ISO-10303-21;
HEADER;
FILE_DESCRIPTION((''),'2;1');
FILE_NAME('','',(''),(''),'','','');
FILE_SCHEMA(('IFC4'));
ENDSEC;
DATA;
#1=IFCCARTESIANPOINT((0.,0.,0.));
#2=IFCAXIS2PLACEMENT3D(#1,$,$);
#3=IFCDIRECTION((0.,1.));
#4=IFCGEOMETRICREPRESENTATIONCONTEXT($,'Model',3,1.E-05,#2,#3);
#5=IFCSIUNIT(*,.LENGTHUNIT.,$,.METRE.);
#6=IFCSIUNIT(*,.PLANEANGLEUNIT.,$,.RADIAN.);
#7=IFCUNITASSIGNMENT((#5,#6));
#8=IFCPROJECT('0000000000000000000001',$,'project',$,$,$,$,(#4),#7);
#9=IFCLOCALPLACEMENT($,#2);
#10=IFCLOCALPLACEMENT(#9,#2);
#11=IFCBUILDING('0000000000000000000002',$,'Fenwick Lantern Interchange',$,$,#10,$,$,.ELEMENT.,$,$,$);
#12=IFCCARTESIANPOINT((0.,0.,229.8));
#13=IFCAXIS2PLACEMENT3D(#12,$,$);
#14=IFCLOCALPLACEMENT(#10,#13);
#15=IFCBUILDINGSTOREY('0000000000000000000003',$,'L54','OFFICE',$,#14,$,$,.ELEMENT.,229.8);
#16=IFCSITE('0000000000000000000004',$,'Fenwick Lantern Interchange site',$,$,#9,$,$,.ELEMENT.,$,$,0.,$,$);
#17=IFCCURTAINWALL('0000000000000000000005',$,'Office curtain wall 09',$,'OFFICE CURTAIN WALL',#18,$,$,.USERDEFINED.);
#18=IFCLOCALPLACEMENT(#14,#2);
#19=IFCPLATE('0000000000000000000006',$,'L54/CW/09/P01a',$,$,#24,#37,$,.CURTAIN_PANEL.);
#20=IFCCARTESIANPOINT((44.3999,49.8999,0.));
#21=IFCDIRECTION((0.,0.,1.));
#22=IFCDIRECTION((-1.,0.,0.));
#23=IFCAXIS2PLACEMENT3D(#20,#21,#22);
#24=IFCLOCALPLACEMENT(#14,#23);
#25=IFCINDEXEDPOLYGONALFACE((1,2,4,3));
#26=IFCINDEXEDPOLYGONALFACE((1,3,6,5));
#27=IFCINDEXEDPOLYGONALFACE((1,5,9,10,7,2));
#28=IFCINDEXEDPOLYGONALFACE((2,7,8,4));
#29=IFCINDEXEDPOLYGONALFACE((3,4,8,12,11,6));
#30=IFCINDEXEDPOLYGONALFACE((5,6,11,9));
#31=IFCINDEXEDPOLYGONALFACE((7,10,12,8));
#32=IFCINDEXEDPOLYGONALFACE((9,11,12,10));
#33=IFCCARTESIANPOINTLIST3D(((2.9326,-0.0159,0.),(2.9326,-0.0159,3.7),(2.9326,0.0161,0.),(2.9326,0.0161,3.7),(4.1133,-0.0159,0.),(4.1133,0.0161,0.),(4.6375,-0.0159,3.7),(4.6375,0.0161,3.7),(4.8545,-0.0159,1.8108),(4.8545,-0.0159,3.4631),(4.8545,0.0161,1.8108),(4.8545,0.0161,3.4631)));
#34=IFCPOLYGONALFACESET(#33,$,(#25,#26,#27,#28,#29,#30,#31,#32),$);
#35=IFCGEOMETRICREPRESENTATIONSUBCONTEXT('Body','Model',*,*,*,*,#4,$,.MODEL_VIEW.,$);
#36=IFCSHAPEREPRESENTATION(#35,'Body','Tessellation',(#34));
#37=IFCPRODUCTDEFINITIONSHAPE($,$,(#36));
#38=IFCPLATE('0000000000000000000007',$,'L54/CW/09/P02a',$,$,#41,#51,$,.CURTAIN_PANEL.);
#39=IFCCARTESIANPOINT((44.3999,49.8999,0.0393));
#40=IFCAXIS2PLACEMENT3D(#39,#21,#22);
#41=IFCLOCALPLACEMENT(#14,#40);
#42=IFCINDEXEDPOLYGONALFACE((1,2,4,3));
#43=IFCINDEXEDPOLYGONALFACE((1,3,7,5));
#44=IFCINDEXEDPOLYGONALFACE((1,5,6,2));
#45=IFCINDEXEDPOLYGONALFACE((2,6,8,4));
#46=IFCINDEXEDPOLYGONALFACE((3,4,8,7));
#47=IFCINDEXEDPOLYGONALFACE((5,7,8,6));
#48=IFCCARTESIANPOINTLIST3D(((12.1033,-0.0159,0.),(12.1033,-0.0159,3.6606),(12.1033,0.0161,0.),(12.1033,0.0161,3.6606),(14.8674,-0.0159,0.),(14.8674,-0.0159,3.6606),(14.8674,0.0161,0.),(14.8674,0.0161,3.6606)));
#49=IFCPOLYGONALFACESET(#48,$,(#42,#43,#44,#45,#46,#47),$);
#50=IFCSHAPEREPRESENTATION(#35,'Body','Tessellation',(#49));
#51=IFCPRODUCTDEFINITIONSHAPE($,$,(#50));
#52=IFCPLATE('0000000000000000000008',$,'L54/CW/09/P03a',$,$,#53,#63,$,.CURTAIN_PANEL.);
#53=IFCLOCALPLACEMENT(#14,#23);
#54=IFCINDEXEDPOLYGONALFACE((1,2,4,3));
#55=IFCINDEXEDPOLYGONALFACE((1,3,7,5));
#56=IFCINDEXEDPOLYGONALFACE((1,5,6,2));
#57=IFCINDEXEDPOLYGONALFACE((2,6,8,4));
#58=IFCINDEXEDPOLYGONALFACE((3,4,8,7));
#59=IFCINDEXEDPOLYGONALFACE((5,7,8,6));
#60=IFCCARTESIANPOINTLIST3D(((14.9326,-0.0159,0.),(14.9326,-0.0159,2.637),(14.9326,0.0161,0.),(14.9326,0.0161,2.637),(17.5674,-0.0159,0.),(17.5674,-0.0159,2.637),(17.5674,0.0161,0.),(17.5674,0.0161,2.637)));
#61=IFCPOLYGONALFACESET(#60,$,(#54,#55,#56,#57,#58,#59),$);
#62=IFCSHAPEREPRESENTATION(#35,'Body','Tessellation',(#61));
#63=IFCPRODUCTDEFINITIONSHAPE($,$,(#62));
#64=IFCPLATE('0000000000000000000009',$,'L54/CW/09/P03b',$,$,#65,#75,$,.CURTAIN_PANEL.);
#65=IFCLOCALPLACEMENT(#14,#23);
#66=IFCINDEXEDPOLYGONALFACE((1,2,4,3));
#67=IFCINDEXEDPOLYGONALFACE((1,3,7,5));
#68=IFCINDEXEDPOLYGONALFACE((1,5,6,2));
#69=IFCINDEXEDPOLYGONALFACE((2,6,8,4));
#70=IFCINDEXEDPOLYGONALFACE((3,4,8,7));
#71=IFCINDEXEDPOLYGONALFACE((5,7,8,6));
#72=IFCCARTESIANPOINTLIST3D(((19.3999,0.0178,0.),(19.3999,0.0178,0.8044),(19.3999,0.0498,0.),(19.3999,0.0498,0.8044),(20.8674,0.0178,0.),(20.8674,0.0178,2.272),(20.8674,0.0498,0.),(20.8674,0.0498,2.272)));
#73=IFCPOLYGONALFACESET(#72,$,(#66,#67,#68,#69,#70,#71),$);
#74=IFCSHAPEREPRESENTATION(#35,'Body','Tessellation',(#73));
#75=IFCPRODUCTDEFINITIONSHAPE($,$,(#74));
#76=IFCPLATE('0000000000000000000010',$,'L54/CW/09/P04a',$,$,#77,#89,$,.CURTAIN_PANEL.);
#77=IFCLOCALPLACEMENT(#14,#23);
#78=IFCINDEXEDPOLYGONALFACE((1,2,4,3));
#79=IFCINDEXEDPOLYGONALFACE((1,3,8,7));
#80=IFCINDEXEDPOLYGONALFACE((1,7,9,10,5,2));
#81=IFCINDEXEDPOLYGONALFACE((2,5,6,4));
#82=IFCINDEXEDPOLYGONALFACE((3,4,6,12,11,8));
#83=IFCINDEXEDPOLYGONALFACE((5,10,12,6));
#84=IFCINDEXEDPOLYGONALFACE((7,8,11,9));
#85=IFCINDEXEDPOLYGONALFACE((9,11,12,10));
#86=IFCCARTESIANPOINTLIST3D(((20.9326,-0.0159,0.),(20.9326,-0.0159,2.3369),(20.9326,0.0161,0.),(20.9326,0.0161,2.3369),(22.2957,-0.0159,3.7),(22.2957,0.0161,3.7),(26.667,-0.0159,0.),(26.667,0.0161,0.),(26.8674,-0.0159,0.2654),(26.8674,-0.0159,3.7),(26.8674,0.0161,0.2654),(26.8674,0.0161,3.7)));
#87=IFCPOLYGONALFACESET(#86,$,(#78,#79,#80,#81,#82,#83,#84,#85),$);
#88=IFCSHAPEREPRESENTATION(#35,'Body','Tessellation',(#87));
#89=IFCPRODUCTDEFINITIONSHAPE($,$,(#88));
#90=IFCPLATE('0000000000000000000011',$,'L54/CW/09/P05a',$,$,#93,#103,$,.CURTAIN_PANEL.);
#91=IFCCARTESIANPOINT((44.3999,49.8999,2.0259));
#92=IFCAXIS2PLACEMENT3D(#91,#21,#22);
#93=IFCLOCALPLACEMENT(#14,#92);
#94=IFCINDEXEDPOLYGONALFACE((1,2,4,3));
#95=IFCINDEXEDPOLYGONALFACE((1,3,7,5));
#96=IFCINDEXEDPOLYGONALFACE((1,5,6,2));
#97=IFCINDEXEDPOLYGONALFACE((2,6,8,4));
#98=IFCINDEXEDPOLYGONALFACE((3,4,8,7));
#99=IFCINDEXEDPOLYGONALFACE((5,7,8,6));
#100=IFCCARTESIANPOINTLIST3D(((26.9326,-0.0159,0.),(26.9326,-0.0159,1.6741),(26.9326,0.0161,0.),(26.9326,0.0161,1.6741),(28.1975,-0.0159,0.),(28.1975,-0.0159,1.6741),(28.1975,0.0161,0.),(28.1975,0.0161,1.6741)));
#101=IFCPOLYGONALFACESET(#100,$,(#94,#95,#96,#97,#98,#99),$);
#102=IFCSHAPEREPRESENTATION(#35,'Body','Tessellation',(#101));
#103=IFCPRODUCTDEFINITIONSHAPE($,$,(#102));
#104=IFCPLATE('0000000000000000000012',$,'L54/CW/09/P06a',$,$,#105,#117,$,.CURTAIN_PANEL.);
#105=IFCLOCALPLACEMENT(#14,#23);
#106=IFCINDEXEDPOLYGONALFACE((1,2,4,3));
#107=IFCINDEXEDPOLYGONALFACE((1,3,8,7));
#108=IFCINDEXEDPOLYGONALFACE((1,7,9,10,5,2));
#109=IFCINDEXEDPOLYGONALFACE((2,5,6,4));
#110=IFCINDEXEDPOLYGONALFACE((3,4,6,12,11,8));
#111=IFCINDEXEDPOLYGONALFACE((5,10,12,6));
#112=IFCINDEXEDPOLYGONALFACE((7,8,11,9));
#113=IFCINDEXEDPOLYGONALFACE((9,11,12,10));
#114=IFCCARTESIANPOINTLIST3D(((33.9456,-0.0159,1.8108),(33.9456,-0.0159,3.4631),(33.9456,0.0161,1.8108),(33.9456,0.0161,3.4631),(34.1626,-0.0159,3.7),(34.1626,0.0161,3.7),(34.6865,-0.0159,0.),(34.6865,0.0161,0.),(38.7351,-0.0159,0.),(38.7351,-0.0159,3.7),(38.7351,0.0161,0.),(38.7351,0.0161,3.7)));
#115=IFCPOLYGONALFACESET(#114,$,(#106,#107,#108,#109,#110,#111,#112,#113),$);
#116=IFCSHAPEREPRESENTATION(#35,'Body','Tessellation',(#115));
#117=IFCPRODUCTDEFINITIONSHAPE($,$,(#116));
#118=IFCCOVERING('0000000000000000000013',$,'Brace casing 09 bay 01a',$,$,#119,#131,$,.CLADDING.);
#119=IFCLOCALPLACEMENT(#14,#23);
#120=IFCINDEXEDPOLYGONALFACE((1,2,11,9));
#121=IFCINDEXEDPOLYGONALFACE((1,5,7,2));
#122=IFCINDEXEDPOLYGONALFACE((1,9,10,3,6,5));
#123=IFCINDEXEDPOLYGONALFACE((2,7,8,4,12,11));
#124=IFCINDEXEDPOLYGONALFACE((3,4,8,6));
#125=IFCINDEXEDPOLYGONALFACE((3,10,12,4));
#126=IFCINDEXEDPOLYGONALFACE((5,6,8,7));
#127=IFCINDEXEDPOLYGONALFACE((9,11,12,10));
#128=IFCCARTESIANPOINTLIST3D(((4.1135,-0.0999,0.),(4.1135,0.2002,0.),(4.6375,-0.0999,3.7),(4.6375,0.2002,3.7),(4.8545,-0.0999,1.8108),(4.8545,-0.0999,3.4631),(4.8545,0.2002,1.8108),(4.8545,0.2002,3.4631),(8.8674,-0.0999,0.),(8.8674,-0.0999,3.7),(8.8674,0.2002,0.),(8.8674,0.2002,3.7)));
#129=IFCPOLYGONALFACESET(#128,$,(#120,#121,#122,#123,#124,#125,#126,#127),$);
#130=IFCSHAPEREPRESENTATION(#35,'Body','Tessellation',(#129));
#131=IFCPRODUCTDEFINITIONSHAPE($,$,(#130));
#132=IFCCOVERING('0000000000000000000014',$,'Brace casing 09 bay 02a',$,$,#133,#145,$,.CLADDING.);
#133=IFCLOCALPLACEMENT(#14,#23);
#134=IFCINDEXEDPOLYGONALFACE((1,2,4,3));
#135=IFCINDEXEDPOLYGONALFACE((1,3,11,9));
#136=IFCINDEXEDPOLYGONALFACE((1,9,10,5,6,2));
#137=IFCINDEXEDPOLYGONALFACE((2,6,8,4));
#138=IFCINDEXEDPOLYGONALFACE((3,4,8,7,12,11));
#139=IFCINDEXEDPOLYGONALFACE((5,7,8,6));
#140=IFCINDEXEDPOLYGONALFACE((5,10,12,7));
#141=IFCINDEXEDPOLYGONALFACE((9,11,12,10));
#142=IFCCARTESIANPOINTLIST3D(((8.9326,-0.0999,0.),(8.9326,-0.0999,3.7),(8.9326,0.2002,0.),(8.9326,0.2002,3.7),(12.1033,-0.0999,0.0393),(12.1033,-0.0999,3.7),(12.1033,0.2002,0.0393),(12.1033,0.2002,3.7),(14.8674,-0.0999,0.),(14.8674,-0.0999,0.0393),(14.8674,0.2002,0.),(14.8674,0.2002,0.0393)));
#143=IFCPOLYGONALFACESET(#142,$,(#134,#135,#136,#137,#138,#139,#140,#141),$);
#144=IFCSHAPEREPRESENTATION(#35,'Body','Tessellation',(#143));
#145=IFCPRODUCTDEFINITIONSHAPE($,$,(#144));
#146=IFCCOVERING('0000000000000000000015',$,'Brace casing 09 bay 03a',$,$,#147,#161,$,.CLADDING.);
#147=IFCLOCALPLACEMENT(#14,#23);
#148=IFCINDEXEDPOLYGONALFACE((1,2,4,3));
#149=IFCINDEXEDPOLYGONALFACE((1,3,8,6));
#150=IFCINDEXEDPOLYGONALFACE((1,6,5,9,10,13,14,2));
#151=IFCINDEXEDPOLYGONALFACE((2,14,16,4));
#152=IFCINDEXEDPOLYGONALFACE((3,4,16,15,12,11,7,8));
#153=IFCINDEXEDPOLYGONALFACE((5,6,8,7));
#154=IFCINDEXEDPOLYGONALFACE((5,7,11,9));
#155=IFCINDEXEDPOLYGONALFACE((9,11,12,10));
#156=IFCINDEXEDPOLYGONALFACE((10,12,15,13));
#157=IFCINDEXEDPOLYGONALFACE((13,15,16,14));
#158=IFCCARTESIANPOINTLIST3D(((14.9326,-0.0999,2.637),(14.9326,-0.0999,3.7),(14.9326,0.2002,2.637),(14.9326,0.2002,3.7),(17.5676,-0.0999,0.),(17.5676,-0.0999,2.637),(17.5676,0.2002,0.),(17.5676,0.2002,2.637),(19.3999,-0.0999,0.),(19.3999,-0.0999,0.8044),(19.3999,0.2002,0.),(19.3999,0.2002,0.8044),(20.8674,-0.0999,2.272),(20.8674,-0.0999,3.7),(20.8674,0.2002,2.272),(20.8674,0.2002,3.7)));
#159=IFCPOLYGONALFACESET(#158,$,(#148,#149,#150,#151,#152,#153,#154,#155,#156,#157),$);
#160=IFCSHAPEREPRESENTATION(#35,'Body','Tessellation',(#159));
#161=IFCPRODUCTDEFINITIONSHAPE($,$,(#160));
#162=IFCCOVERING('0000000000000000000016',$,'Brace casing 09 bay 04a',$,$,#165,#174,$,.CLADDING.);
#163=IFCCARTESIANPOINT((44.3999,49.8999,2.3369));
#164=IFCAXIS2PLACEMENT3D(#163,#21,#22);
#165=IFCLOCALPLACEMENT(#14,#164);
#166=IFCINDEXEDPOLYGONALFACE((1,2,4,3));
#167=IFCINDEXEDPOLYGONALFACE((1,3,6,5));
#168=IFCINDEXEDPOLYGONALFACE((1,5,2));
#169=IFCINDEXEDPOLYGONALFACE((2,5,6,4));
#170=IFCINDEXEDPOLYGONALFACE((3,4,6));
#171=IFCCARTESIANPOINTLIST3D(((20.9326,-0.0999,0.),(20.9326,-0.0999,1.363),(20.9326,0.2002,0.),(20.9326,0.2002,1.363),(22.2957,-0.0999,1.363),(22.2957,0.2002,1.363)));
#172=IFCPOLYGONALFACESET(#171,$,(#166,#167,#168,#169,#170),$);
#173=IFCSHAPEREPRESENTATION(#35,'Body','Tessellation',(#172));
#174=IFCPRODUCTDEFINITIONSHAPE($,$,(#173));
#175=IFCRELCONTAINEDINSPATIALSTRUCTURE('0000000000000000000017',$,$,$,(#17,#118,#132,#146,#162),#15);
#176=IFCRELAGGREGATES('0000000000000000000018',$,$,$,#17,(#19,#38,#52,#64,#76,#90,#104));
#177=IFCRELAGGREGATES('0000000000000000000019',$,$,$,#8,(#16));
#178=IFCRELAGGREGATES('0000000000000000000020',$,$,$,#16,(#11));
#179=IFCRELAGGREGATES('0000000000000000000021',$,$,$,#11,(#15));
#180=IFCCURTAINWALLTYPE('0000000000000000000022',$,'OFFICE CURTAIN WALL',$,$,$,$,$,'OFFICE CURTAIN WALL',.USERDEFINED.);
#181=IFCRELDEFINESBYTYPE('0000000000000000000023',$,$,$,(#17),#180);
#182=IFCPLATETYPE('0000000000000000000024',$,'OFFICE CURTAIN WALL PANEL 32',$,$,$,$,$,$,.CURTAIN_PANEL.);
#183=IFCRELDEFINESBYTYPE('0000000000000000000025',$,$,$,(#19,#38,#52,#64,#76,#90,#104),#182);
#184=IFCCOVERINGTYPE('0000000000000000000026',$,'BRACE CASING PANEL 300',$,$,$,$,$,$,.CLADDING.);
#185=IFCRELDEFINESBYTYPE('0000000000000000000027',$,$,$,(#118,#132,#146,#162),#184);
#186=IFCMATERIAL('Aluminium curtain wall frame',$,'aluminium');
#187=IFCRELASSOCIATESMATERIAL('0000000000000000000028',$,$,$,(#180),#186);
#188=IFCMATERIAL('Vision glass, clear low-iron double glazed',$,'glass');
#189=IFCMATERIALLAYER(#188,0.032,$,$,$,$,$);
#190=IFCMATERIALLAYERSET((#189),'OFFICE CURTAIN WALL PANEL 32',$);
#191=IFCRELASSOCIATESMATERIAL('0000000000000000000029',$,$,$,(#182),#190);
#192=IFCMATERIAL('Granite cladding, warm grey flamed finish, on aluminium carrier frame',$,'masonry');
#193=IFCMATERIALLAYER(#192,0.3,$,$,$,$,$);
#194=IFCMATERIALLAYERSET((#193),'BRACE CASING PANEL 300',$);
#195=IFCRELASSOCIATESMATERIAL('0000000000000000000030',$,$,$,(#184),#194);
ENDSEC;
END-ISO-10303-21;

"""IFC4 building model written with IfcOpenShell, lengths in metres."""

from ifc_helpers import new_model, si_unit, direction, frame, origin, place, context, subcontext, project, spatial, polyline, outline, extrude, material, layer, layer_set, type_object, element, aggregate, save


model = new_model("IFC4")

# Units and contexts
model_context = context("Model", 3, precision=1e-05, world=origin(), true_north=direction((0.0, 1.0)))
body_context = subcontext(model_context, "Body", "Model", "MODEL_VIEW")
ifc_project = project(units=[si_unit("LENGTHUNIT", "METRE"), si_unit("PLANEANGLEUNIT", "RADIAN")], contexts=[model_context])

# Site, building, storey
site_placement = place(None, origin())
site = spatial("IfcSite", under=ifc_project, at=site_placement, Name="Fenwick Lantern Interchange site", CompositionType="ELEMENT", RefElevation=0.0)
building_placement = place(site_placement, origin())
building = spatial("IfcBuilding", under=site, at=building_placement, Name="Fenwick Lantern Interchange", CompositionType="ELEMENT")
storey_placement = place(building_placement, frame((0.0, 0.0, 229.8)))
storey = spatial("IfcBuildingStorey", under=building, at=storey_placement, Name="L54", Description="OFFICE", CompositionType="ELEMENT", Elevation=229.8)

# Shared definitions
ifc_material_1 = material(Name="Aluminium curtain wall frame", Category="aluminium")
curtain_wall_type = type_object("IfcCurtainWallType", Name="OFFICE CURTAIN WALL", ElementType="OFFICE CURTAIN WALL", PredefinedType="USERDEFINED", material=ifc_material_1)

# Curtain wall
curtain_wall_1_placement = place(storey_placement, origin())
curtain_wall_1 = element("IfcCurtainWall", 1, at=curtain_wall_1_placement, inside=storey, type_object=curtain_wall_type, Name="Office curtain wall 09", ObjectType="OFFICE CURTAIN WALL", PredefinedType="USERDEFINED")

# Plates
ifc_material_2 = material(Name="Vision glass, clear low-iron double glazed", Category="glass")
ifc_layer_1 = layer(ifc_material_2, 0.032)
ifc_layer_set_1 = layer_set([ifc_layer_1], Name="OFFICE CURTAIN WALL PANEL 32")
plate_type = type_object("IfcPlateType", Name="OFFICE CURTAIN WALL PANEL 32", PredefinedType="CURTAIN_PANEL", material=ifc_layer_set_1)
plate_1_placement = place(storey_placement, frame((44.3999, 49.8999, 0.0), z_axis=(0.0, 0.0, 1.0), x_axis=(-1.0, 0.0, 0.0)))
plate_1 = element("IfcPlate", 2, at=plate_1_placement, type_object=plate_type, Name="L54/CW/09/P01a", PredefinedType="CURTAIN_PANEL", context=body_context, shape_type="SweptSolid", body=[
    extrude(outline(polyline([(2.9326, 0.0), (4.1133, 0.0), (4.8545, 1.8108), (4.8545, 3.4631), (4.6375, 3.7), (2.9326, 3.7), (2.9326, 0.0)])), frame((0.0, 0.0161, 0.0), z_axis=(0.0, -1.0, 0.0), x_axis=(1.0, 0.0, 0.0)), (0.0, 0.0, 1.0), 0.032),
])
plate_2_placement = place(storey_placement, frame((44.3999, 49.8999, 0.0393), z_axis=(0.0, 0.0, 1.0), x_axis=(-1.0, 0.0, 0.0)))
plate_2 = element("IfcPlate", 3, at=plate_2_placement, type_object=plate_type, Name="L54/CW/09/P02a", PredefinedType="CURTAIN_PANEL", context=body_context, shape_type="SweptSolid", body=[
    extrude(outline(polyline([(12.1033, 0.0), (14.8674, 0.0), (14.8674, 3.6606), (12.1033, 3.6606), (12.1033, 0.0)])), frame((0.0, 0.0161, 0.0), z_axis=(0.0, -1.0, 0.0), x_axis=(1.0, 0.0, 0.0)), (0.0, 0.0, 1.0), 0.032),
])
plate_3_placement = place(storey_placement, frame((44.3999, 49.8999, 0.0), z_axis=(0.0, 0.0, 1.0), x_axis=(-1.0, 0.0, 0.0)))
plate_3 = element("IfcPlate", 4, at=plate_3_placement, type_object=plate_type, Name="L54/CW/09/P03a", PredefinedType="CURTAIN_PANEL", context=body_context, shape_type="SweptSolid", body=[
    extrude(outline(polyline([(14.9326, 0.0), (17.5674, 0.0), (17.5674, 2.637), (14.9326, 2.637), (14.9326, 0.0)])), frame((0.0, 0.0161, 0.0), z_axis=(0.0, -1.0, 0.0), x_axis=(1.0, 0.0, 0.0)), (0.0, 0.0, 1.0), 0.032),
])
plate_4_placement = place(storey_placement, frame((44.3999, 49.8999, 0.0), z_axis=(0.0, 0.0, 1.0), x_axis=(-1.0, 0.0, 0.0)))
plate_4 = element("IfcPlate", 5, at=plate_4_placement, type_object=plate_type, Name="L54/CW/09/P03b", PredefinedType="CURTAIN_PANEL", context=body_context, shape_type="SweptSolid", body=[
    extrude(outline(polyline([(19.3999, 0.0), (20.8674, 0.0), (20.8674, 2.272), (19.3999, 0.8044), (19.3999, 0.0)])), frame((0.0, 0.0498, 0.0), z_axis=(0.0, -1.0, 0.0), x_axis=(1.0, 0.0, 0.0)), (0.0, 0.0, 1.0), 0.032),
])
plate_5_placement = place(storey_placement, frame((44.3999, 49.8999, 0.0), z_axis=(0.0, 0.0, 1.0), x_axis=(-1.0, 0.0, 0.0)))
plate_5 = element("IfcPlate", 6, at=plate_5_placement, type_object=plate_type, Name="L54/CW/09/P04a", PredefinedType="CURTAIN_PANEL", context=body_context, shape_type="SweptSolid", body=[
    extrude(outline(polyline([(20.9326, 0.0), (26.667, 0.0), (26.8674, 0.2654), (26.8674, 3.7), (22.2957, 3.7), (20.9326, 2.3369), (20.9326, 0.0)])), frame((0.0, 0.0161, 0.0), z_axis=(0.0, -1.0, 0.0), x_axis=(1.0, 0.0, 0.0)), (0.0, 0.0, 1.0), 0.032),
])
plate_6_placement = place(storey_placement, frame((44.3999, 49.8999, 2.0259), z_axis=(0.0, 0.0, 1.0), x_axis=(-1.0, 0.0, 0.0)))
plate_6 = element("IfcPlate", 7, at=plate_6_placement, type_object=plate_type, Name="L54/CW/09/P05a", PredefinedType="CURTAIN_PANEL", context=body_context, shape_type="SweptSolid", body=[
    extrude(outline(polyline([(26.9326, 0.0), (28.1975, 0.0), (28.1975, 1.6741), (26.9326, 1.6741), (26.9326, 0.0)])), frame((0.0, 0.0161, 0.0), z_axis=(0.0, -1.0, 0.0), x_axis=(1.0, 0.0, 0.0)), (0.0, 0.0, 1.0), 0.032),
])
plate_7_placement = place(storey_placement, frame((44.3999, 49.8999, 0.0), z_axis=(0.0, 0.0, 1.0), x_axis=(-1.0, 0.0, 0.0)))
plate_7 = element("IfcPlate", 8, at=plate_7_placement, type_object=plate_type, Name="L54/CW/09/P06a", PredefinedType="CURTAIN_PANEL", context=body_context, shape_type="SweptSolid", body=[
    extrude(outline(polyline([(34.6865, 0.0), (38.7351, 0.0), (38.7351, 3.7), (34.1626, 3.7), (33.9456, 3.4631), (33.9456, 1.8108), (34.6865, 0.0)])), frame((0.0, 0.0161, 0.0), z_axis=(0.0, -1.0, 0.0), x_axis=(1.0, 0.0, 0.0)), (0.0, 0.0, 1.0), 0.032),
])
aggregate(curtain_wall_1, [plate_1, plate_2, plate_3, plate_4, plate_5, plate_6, plate_7])

# Coverings
ifc_material_3 = material(Name="Granite cladding, warm grey flamed finish, on aluminium carrier frame", Category="masonry")
ifc_layer_2 = layer(ifc_material_3, 0.3)
ifc_layer_set_2 = layer_set([ifc_layer_2], Name="BRACE CASING PANEL 300")
covering_type = type_object("IfcCoveringType", Name="BRACE CASING PANEL 300", PredefinedType="CLADDING", material=ifc_layer_set_2)
covering_1_placement = place(storey_placement, frame((44.3999, 49.8999, 0.0), z_axis=(0.0, 0.0, 1.0), x_axis=(-1.0, 0.0, 0.0)))
element("IfcCovering", 9, at=covering_1_placement, inside=storey, type_object=covering_type, Name="Brace casing 09 bay 01a", PredefinedType="CLADDING", context=body_context, shape_type="SweptSolid", body=[
    extrude(outline(polyline([(4.1135, 0.0), (8.8674, 0.0), (8.8674, 3.7), (4.6375, 3.7), (4.8545, 3.4631), (4.8545, 1.8108), (4.1135, 0.0)])), frame((0.0, 0.2002, 0.0), z_axis=(0.0, -1.0, 0.0), x_axis=(1.0, 0.0, 0.0)), (0.0, 0.0, 1.0), 0.3),
])
covering_2_placement = place(storey_placement, frame((44.3999, 49.8999, 0.0), z_axis=(0.0, 0.0, 1.0), x_axis=(-1.0, 0.0, 0.0)))
element("IfcCovering", 10, at=covering_2_placement, inside=storey, type_object=covering_type, Name="Brace casing 09 bay 02a", PredefinedType="CLADDING", context=body_context, shape_type="SweptSolid", body=[
    extrude(outline(polyline([(8.9326, 0.0), (14.8674, 0.0), (14.8674, 0.0393), (12.1033, 0.0393), (12.1033, 3.7), (8.9326, 3.7), (8.9326, 0.0)])), frame((0.0, 0.2002, 0.0), z_axis=(0.0, -1.0, 0.0), x_axis=(1.0, 0.0, 0.0)), (0.0, 0.0, 1.0), 0.3),
])
covering_3_placement = place(storey_placement, frame((44.3999, 49.8999, 0.0), z_axis=(0.0, 0.0, 1.0), x_axis=(-1.0, 0.0, 0.0)))
element("IfcCovering", 11, at=covering_3_placement, inside=storey, type_object=covering_type, Name="Brace casing 09 bay 03a", PredefinedType="CLADDING", context=body_context, shape_type="SweptSolid", body=[
    extrude(outline(polyline([(17.5676, 0.0), (19.3999, 0.0), (19.3999, 0.8044), (20.8674, 2.272), (20.8674, 3.7), (14.9326, 3.7), (14.9326, 2.637), (17.5676, 2.637), (17.5676, 0.0)])), frame((0.0, 0.2002, 0.0), z_axis=(0.0, -1.0, 0.0), x_axis=(1.0, 0.0, 0.0)), (0.0, 0.0, 1.0), 0.3),
])
covering_4_placement = place(storey_placement, frame((44.3999, 49.8999, 2.3369), z_axis=(0.0, 0.0, 1.0), x_axis=(-1.0, 0.0, 0.0)))
element("IfcCovering", 12, at=covering_4_placement, inside=storey, type_object=covering_type, Name="Brace casing 09 bay 04a", PredefinedType="CLADDING", context=body_context, shape_type="SweptSolid", body=[
    extrude(outline(polyline([(20.9326, 0.0), (22.2957, 1.363), (20.9326, 1.363), (20.9326, 0.0)])), frame((0.0, 0.2002, 0.0), z_axis=(0.0, -1.0, 0.0), x_axis=(1.0, 0.0, 0.0)), (0.0, 0.0, 1.0), 0.3),
])

save(model, "model.ifc")
